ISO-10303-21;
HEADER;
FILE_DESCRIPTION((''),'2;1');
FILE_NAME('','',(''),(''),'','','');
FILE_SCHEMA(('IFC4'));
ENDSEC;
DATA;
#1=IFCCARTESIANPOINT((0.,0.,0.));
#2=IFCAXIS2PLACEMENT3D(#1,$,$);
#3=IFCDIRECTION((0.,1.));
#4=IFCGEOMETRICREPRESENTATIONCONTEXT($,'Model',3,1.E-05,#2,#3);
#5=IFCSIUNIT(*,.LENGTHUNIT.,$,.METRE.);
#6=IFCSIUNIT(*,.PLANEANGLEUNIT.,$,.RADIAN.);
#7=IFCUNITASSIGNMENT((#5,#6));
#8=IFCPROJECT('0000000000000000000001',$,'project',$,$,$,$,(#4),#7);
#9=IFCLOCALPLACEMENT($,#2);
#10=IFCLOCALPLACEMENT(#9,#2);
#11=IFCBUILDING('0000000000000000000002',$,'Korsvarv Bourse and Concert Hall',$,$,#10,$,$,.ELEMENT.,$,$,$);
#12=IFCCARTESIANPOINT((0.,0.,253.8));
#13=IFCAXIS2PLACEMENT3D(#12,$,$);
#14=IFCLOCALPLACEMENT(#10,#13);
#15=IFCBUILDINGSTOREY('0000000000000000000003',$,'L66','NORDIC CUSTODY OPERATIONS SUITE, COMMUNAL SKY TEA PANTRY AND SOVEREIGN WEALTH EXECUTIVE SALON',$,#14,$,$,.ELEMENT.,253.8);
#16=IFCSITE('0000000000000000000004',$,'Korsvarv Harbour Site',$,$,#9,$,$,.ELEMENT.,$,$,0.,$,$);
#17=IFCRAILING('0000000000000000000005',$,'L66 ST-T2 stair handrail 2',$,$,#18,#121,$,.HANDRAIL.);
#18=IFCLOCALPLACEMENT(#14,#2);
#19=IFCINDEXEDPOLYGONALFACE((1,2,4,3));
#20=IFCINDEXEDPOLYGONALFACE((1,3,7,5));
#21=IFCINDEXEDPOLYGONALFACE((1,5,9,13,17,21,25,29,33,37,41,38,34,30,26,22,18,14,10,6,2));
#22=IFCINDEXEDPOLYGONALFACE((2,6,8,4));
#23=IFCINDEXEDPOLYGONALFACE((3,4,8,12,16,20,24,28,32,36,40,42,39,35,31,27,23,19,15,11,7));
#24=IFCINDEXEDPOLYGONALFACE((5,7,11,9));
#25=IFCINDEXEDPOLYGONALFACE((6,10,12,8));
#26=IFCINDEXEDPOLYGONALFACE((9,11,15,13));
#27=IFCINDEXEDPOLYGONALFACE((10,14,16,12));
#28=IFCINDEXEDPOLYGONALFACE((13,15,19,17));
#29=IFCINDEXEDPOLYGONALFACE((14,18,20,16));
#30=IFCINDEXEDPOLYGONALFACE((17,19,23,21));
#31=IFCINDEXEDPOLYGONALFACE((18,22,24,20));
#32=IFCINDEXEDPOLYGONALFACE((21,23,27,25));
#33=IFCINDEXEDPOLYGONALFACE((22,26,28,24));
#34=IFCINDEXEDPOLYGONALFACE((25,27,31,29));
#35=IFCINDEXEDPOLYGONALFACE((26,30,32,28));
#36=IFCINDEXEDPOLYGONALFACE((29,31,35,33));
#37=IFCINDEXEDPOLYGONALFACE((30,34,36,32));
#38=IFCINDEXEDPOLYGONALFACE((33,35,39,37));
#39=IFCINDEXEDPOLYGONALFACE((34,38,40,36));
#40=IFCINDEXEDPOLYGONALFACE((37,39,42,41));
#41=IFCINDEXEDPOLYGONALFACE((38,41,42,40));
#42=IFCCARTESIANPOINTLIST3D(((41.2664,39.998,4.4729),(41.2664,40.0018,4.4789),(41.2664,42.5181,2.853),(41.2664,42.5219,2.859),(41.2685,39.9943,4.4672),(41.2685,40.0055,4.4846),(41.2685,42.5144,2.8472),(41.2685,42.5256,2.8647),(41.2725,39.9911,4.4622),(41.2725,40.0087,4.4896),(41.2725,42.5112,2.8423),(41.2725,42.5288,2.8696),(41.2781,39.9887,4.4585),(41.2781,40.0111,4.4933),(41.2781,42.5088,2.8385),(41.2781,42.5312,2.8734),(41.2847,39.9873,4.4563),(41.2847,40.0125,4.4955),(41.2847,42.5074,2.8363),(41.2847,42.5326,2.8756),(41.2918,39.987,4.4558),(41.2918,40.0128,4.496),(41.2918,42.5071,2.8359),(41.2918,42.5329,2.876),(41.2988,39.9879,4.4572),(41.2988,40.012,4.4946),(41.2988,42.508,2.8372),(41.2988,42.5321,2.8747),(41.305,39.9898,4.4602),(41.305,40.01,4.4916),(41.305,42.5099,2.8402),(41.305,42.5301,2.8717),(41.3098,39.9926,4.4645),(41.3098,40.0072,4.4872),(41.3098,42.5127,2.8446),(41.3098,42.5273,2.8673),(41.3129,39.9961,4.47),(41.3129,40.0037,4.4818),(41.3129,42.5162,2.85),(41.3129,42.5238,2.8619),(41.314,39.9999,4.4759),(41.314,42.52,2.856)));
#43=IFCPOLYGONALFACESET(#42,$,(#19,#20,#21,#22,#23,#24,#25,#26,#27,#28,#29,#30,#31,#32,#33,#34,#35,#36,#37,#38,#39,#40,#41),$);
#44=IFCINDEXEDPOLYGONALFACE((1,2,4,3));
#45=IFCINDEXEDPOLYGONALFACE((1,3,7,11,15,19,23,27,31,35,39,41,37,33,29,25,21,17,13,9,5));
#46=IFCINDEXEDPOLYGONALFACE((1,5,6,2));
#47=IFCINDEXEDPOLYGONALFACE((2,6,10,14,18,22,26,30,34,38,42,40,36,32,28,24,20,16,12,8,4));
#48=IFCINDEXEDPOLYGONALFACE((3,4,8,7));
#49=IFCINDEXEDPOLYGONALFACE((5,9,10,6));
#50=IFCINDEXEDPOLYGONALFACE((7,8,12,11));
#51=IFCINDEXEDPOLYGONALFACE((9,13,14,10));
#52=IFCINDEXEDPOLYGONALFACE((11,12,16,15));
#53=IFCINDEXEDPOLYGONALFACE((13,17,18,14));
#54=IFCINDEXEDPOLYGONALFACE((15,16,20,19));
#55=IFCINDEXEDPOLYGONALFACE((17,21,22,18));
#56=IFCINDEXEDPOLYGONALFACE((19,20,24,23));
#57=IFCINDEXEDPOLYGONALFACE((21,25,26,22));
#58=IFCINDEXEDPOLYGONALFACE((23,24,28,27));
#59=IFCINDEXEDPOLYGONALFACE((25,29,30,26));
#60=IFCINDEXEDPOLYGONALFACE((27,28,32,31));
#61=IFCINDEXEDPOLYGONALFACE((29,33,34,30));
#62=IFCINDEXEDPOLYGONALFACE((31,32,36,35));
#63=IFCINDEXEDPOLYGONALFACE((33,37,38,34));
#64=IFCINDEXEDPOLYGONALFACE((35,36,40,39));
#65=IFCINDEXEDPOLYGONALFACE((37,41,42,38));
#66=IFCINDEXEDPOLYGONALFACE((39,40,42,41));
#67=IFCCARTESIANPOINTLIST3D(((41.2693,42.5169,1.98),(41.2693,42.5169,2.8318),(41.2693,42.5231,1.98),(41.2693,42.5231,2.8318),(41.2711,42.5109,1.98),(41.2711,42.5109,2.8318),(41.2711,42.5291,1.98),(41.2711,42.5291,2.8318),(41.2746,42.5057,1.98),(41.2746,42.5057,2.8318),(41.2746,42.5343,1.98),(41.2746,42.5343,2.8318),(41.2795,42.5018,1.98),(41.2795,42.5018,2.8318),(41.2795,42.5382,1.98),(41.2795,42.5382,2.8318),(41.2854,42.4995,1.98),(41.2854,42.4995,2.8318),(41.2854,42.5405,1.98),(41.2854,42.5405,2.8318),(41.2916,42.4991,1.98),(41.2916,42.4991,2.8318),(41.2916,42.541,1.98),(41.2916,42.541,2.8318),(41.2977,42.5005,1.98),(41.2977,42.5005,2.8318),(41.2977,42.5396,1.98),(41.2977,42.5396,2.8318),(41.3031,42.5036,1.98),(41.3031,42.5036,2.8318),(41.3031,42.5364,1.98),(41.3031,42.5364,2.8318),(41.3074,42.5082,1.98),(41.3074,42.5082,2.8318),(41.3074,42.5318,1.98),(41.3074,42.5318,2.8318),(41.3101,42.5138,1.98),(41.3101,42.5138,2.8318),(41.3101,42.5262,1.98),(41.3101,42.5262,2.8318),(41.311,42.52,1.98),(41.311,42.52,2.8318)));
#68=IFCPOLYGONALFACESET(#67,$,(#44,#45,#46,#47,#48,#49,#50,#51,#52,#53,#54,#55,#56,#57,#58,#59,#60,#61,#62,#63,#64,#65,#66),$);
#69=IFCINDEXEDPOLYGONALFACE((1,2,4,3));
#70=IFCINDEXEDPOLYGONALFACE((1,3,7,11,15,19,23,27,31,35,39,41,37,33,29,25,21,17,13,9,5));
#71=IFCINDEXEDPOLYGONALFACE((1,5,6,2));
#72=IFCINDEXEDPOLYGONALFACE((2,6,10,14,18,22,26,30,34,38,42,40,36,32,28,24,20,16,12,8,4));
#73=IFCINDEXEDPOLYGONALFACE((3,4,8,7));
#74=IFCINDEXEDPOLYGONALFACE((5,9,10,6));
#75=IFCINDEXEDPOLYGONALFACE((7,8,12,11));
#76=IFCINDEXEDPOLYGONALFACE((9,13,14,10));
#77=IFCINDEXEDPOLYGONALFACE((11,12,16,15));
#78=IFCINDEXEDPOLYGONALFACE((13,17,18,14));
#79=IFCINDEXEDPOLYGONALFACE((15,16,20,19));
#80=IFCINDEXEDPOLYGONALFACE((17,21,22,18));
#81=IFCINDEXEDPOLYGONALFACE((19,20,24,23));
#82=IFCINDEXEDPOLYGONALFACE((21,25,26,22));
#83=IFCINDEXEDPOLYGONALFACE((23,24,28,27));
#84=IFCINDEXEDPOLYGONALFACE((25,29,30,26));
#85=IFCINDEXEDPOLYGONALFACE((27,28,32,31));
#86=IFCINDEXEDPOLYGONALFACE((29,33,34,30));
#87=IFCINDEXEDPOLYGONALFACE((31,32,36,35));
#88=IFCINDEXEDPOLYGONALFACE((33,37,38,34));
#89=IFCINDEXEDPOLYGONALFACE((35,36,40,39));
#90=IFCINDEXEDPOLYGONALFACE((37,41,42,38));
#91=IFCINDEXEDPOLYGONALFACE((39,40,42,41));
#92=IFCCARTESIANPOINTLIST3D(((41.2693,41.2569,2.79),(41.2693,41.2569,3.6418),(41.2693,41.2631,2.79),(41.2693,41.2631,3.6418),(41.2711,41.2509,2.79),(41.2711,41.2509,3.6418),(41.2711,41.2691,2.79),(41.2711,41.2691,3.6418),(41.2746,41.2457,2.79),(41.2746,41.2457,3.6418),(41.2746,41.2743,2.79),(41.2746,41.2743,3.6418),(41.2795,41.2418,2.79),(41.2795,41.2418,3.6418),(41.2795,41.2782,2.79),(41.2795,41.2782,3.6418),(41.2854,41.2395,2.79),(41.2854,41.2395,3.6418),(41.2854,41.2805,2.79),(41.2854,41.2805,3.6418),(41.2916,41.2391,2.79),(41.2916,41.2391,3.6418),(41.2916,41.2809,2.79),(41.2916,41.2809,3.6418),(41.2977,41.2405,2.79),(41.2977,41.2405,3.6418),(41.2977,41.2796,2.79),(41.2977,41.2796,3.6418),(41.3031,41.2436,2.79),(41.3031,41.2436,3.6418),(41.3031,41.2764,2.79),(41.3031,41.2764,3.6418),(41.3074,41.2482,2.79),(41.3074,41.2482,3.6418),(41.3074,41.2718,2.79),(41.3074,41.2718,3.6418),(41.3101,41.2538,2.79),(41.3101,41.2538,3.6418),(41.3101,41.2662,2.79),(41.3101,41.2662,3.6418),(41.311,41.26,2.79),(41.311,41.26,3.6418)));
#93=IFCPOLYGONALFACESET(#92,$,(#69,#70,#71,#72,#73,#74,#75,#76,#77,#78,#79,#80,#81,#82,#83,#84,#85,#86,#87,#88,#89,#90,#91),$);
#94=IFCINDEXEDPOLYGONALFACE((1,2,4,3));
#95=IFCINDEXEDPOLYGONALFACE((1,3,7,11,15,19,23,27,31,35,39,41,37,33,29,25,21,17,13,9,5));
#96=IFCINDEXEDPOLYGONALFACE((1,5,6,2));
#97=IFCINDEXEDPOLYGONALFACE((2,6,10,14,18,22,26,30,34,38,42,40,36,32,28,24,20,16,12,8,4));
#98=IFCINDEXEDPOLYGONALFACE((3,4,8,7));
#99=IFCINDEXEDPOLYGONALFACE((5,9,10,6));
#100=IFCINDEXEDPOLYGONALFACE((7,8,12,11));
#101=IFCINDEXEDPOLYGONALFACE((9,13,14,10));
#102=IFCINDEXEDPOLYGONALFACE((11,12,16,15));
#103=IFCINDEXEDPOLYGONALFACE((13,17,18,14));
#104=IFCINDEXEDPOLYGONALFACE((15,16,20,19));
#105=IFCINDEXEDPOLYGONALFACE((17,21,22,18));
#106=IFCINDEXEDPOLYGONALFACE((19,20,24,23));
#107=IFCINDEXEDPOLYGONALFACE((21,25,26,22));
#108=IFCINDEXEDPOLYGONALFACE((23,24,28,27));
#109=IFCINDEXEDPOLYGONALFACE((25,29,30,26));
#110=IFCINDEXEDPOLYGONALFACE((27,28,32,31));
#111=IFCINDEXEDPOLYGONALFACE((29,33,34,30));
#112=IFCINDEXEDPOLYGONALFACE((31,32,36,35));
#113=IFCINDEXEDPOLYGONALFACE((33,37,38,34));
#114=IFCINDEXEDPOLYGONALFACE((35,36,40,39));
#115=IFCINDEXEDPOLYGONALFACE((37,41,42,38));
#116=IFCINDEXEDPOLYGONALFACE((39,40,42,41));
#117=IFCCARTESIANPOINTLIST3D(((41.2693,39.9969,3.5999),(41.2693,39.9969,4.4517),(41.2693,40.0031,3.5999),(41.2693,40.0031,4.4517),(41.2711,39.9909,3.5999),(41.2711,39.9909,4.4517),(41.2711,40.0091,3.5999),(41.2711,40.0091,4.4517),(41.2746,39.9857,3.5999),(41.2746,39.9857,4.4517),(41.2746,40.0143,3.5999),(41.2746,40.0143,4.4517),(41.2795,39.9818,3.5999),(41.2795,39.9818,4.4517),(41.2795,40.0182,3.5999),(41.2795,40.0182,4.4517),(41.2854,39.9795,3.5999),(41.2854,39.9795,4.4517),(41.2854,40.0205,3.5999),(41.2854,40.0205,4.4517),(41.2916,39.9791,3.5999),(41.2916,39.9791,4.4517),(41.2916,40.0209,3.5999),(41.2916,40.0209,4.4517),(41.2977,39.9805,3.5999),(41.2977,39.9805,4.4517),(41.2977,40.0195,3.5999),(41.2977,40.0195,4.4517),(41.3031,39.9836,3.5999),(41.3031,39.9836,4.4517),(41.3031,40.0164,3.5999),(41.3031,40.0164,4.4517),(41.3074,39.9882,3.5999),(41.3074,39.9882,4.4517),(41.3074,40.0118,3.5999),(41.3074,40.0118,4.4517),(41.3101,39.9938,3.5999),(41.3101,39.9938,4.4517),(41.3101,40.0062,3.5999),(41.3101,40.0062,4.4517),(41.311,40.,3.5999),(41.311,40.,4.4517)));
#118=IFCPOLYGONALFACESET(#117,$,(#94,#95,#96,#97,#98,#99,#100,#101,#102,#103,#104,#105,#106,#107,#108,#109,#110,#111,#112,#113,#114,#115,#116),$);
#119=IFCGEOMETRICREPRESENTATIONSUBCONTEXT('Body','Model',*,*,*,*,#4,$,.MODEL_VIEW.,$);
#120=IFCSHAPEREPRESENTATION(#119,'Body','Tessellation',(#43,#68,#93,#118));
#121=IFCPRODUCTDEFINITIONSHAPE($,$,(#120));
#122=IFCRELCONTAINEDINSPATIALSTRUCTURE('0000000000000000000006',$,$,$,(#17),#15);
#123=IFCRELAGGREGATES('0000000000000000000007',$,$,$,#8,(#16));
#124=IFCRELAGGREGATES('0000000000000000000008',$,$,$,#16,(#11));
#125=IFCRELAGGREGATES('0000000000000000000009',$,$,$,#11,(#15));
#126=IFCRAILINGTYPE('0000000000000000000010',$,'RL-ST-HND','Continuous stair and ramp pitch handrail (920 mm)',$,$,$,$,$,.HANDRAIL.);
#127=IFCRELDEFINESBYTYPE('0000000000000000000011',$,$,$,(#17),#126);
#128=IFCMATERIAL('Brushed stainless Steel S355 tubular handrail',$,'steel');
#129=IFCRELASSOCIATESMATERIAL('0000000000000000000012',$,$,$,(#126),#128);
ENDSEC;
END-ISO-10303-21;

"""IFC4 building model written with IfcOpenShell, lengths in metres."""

from ifc_helpers import new_model, si_unit, direction, frame, origin, origin_2d, place, context, subcontext, project, spatial, circle, extrude, material, type_object, element, save


model = new_model("IFC4")

# Units and contexts
model_context = context("Model", 3, precision=1e-05, world=origin(), true_north=direction((0.0, 1.0)))
body_context = subcontext(model_context, "Body", "Model", "MODEL_VIEW")
ifc_project = project(units=[si_unit("LENGTHUNIT", "METRE"), si_unit("PLANEANGLEUNIT", "RADIAN")], contexts=[model_context])

# Site, building, storey
site_placement = place(None, origin())
site = spatial("IfcSite", under=ifc_project, at=site_placement, Name="Korsvarv Harbour Site", CompositionType="ELEMENT", RefElevation=0.0)
building_placement = place(site_placement, origin())
building = spatial("IfcBuilding", under=site, at=building_placement, Name="Korsvarv Bourse and Concert Hall", CompositionType="ELEMENT")
storey_placement = place(building_placement, frame((0.0, 0.0, 253.8)))
storey = spatial("IfcBuildingStorey", under=building, at=storey_placement, Name="L66", Description="NORDIC CUSTODY OPERATIONS SUITE, COMMUNAL SKY TEA PANTRY AND SOVEREIGN WEALTH EXECUTIVE SALON", CompositionType="ELEMENT", Elevation=253.8)

# Railing
ifc_material_1 = material(Name="Brushed stainless Steel S355 tubular handrail", Category="steel")
railing_type = type_object("IfcRailingType", Name="RL-ST-HND", Description="Continuous stair and ramp pitch handrail (920 mm)", PredefinedType="HANDRAIL", material=ifc_material_1)
railing_placement = place(storey_placement, frame((41.29, 42.52, 1.98)))
element("IfcRailing", 1, at=railing_placement, inside=storey, type_object=railing_type, Name="L66 ST-T2 stair handrail 2", PredefinedType="HANDRAIL", context=body_context, shape_type="SweptSolid", body=[
    extrude(circle(Radius=0.0239, at=origin_2d()), frame((0.0, 0.0, 0.876), z_axis=(0.0, -0.8412, 0.540725), x_axis=(1.0, 0.0, 0.0)), (0.0, 0.0, 1.0), 2.9958),
    extrude(circle(Radius=0.021, at=origin_2d()), origin(), (0.0, 0.0, 1.0), 0.8518),
    extrude(circle(Radius=0.021, at=origin_2d()), frame((0.0, -1.26, 0.8101)), (0.0, 0.0, 1.0), 0.8518),
    extrude(circle(Radius=0.021, at=origin_2d()), frame((0.0, -2.52, 1.6199)), (0.0, 0.0, 1.0), 0.8518),
])

save(model, "model.ifc")
